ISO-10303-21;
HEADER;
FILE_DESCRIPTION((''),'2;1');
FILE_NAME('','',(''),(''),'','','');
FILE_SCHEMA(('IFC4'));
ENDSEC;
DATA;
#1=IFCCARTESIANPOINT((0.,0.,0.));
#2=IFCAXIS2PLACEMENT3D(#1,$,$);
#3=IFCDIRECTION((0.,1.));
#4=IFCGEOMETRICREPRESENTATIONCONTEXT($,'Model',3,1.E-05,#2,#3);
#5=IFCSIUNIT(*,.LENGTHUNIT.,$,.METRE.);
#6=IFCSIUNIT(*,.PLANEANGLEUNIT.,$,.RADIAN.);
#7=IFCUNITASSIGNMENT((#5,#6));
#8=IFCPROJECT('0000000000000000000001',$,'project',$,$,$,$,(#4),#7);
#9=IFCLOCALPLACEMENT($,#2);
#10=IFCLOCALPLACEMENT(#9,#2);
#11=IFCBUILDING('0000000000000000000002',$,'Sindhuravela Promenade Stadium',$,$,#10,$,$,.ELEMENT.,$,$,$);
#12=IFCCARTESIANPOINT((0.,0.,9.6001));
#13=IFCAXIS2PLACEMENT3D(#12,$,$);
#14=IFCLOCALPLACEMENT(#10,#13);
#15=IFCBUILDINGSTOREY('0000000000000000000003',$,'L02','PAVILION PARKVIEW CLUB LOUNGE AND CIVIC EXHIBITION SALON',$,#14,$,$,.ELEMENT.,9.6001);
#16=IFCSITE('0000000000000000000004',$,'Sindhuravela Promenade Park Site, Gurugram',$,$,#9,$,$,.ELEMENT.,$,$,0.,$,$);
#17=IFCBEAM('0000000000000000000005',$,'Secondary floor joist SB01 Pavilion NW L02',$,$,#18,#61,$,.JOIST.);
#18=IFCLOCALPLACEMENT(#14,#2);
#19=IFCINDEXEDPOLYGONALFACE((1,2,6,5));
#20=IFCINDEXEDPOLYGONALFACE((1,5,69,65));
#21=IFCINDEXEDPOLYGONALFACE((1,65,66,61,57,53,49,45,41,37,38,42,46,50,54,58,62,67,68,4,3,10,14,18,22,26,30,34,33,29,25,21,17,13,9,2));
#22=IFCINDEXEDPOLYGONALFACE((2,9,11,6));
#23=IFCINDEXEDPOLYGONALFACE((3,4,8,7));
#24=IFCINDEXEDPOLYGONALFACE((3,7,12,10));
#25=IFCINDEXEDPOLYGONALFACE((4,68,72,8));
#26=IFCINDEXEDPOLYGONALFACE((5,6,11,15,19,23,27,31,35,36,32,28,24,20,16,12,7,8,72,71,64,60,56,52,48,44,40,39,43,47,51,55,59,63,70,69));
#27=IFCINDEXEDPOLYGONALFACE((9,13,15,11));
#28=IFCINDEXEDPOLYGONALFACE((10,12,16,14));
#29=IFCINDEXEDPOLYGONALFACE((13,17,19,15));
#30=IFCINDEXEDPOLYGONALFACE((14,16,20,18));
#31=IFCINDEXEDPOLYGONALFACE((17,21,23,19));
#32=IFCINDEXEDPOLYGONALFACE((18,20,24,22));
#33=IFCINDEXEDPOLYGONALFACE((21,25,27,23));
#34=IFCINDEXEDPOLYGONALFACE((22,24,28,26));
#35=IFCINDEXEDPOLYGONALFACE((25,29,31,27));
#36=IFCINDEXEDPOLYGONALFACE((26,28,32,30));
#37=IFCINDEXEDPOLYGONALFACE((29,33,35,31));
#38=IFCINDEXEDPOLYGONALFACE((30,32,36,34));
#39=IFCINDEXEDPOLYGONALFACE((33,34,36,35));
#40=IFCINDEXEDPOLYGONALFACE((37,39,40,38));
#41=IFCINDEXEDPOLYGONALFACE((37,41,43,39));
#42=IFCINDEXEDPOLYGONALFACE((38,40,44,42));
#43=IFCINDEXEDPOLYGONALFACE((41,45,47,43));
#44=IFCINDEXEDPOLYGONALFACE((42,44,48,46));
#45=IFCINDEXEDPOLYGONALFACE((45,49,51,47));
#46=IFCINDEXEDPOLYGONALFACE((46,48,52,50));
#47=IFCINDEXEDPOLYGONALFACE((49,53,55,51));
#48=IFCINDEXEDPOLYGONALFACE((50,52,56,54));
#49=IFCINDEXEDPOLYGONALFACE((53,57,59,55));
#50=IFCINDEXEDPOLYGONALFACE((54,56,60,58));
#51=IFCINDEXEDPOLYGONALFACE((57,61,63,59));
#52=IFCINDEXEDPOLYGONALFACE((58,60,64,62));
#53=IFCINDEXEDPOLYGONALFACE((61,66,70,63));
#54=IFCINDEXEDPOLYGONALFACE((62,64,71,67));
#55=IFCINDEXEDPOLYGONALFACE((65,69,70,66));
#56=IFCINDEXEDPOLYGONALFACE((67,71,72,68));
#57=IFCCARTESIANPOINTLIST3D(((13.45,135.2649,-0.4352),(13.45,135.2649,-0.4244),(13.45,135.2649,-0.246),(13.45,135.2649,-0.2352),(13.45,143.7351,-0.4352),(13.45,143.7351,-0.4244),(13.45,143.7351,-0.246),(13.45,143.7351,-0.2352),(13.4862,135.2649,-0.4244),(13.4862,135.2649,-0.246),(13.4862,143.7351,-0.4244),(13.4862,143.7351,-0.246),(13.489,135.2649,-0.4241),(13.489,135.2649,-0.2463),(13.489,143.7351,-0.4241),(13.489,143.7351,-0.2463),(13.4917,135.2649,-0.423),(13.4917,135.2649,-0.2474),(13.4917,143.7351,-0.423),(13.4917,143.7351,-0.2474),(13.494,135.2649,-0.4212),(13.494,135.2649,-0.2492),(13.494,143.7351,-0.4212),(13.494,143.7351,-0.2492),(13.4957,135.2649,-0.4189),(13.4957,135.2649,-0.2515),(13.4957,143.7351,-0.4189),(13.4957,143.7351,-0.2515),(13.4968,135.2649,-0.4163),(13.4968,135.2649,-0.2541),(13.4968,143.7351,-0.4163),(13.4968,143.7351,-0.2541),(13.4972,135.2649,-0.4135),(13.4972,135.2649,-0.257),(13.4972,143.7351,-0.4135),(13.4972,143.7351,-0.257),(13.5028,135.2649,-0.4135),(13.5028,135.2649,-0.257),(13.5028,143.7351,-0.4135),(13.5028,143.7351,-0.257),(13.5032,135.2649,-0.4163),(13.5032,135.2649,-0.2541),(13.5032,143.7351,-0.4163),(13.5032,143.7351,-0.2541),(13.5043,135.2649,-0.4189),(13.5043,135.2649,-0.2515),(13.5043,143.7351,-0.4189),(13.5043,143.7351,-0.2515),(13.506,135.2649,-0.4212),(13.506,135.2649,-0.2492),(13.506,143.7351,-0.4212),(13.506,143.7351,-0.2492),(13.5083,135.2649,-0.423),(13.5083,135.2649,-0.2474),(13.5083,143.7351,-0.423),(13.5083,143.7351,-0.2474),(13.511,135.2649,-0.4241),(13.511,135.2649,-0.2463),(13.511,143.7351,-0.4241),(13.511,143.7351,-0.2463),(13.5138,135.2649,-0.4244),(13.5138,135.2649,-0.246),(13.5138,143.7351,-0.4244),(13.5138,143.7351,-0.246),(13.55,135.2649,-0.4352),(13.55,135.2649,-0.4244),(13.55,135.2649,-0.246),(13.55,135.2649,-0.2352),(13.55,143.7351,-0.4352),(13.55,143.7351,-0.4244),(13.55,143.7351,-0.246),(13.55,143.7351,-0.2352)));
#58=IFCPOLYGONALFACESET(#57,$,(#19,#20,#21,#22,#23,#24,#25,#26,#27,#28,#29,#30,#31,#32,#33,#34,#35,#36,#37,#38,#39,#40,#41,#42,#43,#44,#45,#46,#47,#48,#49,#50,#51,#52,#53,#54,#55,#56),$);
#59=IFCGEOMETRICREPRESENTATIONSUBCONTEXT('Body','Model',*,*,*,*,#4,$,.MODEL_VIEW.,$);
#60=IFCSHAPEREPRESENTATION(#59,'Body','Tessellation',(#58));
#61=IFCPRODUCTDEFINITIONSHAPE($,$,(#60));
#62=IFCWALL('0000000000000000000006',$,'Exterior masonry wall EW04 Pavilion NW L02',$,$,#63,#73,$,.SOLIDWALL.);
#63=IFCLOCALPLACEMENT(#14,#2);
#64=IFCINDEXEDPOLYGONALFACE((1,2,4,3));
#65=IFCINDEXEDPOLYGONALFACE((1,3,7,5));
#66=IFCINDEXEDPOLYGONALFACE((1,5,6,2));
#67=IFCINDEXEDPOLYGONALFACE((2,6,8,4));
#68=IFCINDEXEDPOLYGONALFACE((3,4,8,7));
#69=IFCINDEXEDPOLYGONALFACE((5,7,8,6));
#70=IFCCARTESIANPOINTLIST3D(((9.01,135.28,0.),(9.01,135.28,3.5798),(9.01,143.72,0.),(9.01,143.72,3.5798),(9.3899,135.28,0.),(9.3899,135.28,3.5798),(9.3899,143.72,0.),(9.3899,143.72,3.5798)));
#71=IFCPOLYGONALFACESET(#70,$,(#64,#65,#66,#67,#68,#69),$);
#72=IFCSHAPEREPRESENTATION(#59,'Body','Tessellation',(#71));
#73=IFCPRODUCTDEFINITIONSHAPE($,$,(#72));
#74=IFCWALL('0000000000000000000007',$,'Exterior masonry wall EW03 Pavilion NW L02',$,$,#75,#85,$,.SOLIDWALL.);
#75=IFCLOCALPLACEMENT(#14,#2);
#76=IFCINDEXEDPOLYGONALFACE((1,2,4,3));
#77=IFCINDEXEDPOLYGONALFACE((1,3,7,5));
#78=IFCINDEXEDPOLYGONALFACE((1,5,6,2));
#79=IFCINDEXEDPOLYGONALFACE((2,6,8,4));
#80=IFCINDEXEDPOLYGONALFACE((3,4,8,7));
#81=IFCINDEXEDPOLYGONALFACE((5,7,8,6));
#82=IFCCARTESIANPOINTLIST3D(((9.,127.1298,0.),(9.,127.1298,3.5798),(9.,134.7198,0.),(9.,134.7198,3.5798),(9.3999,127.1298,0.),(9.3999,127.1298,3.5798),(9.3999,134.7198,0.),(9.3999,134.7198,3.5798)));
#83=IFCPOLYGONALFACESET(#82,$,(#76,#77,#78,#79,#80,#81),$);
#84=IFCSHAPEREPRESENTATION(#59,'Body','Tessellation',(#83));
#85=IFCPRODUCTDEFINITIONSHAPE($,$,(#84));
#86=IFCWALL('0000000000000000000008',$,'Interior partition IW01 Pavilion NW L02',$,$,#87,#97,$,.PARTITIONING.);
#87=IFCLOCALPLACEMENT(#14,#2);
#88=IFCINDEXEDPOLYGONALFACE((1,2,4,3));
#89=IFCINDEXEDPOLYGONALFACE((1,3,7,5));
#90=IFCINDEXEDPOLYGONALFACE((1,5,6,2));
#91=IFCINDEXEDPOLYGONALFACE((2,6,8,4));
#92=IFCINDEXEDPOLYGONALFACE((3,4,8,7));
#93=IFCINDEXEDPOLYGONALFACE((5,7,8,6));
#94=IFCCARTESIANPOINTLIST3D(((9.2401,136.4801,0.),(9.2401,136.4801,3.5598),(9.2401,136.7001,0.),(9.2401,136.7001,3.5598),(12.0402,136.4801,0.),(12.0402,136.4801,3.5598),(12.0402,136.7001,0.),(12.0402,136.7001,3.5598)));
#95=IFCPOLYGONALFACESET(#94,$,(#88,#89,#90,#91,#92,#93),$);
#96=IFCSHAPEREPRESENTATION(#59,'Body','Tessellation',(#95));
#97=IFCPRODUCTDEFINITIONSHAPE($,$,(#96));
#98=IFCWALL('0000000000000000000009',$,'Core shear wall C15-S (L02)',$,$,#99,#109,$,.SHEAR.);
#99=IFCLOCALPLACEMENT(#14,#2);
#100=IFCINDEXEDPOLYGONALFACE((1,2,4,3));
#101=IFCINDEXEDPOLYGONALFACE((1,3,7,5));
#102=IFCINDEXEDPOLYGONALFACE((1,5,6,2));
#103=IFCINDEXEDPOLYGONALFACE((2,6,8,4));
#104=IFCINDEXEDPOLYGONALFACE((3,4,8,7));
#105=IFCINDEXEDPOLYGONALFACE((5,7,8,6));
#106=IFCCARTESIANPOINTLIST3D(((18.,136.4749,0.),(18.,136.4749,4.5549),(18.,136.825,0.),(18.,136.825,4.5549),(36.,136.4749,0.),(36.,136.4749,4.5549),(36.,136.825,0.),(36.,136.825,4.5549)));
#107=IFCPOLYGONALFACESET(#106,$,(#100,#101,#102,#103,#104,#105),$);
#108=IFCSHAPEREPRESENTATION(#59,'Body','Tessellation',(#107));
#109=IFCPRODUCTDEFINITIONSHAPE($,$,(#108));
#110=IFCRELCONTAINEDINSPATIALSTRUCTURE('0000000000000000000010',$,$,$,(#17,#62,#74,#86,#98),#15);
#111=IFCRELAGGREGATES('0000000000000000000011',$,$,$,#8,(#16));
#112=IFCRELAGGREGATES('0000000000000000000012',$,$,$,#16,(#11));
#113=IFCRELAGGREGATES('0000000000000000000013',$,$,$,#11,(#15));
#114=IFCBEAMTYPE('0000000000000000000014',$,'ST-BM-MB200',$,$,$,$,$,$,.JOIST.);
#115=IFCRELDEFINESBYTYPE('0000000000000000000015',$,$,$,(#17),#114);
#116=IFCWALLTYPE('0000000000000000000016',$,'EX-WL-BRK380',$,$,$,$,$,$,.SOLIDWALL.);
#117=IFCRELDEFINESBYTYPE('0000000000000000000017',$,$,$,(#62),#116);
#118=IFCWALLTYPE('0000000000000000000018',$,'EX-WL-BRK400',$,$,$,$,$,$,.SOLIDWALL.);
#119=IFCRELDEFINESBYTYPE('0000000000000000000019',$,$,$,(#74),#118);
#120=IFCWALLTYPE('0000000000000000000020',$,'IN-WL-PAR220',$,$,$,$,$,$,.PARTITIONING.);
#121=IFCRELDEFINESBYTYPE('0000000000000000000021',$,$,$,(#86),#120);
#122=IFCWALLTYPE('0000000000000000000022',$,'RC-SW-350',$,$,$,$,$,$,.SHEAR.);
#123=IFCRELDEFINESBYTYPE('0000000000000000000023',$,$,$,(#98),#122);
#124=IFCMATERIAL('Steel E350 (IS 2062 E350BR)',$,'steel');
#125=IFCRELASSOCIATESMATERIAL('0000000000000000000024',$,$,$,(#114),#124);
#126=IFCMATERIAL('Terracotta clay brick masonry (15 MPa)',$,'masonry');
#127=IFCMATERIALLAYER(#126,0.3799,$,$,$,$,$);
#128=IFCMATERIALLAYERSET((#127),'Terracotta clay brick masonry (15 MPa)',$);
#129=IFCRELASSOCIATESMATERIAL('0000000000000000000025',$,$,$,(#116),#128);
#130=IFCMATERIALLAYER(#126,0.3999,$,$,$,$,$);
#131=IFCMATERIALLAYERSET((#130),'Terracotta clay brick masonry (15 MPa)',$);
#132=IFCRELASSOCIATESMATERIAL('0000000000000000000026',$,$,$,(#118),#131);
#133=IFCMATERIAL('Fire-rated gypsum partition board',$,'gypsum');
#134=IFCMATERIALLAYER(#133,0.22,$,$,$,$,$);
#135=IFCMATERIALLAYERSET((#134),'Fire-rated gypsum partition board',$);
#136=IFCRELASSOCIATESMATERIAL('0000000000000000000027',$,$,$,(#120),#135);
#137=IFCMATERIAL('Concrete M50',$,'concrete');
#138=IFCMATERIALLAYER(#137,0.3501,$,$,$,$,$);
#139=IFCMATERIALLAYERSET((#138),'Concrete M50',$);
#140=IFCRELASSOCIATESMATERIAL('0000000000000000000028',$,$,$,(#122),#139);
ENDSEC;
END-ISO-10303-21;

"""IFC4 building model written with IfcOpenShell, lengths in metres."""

from ifc_helpers import new_model, si_unit, direction, frame, frame_2d, origin, origin_2d, place, context, subcontext, project, spatial, rectangle, i_section, extrude, material, layer, layer_set, material_profile, profile_set, type_object, element, save


model = new_model("IFC4")

# Units and contexts
model_context = context("Model", 3, precision=1e-05, world=origin(), true_north=direction((0.0, 1.0)))
body_context = subcontext(model_context, "Body", "Model", "MODEL_VIEW")
ifc_project = project(units=[si_unit("LENGTHUNIT", "METRE"), si_unit("PLANEANGLEUNIT", "RADIAN")], contexts=[model_context])

# Site, building, storey
site_placement = place(None, origin())
site = spatial("IfcSite", under=ifc_project, at=site_placement, Name="Sindhuravela Promenade Park Site, Gurugram", CompositionType="ELEMENT", RefElevation=0.0)
building_placement = place(site_placement, origin())
building = spatial("IfcBuilding", under=site, at=building_placement, Name="Sindhuravela Promenade Stadium", CompositionType="ELEMENT")
storey_placement = place(building_placement, frame((0.0, 0.0, 9.6001)))
storey = spatial("IfcBuildingStorey", under=building, at=storey_placement, Name="L02", Description="PAVILION PARKVIEW CLUB LOUNGE AND CIVIC EXHIBITION SALON", CompositionType="ELEMENT", Elevation=9.6001)

# Beam
ifc_material_1 = material(Name="Steel E350 (IS 2062 E350BR)", Category="steel")
ifc_material_profile_1 = material_profile(ifc_material_1, i_section(OverallWidth=0.1001, OverallDepth=0.2, WebThickness=0.0056, FlangeThickness=0.0107, FilletRadius=0.011, at=origin_2d()), Name="ISMB 200")
ifc_profile_set_1 = profile_set([ifc_material_profile_1], Name="Steel E350 (IS 2062 E350BR)")
beam_type_1 = type_object("IfcBeamType", Name="ST-BM-MB200", PredefinedType="JOIST", material=ifc_profile_set_1)
beam_1_placement = place(storey_placement, frame((13.5, 135.2649, -0.3352), z_axis=(0.0, 1.0, 0.0), x_axis=(-1.0, 0.0, 0.0)))
element("IfcBeam", 1, at=beam_1_placement, inside=storey, type_object=beam_type_1, Name="Secondary floor joist SB01 Pavilion NW L02", PredefinedType="JOIST", context=body_context, shape_type="SweptSolid", body=[
    extrude(i_section(OverallWidth=0.1001, OverallDepth=0.2, WebThickness=0.0056, FlangeThickness=0.0107, FilletRadius=0.011, at=origin_2d()), origin(), (0.0, 0.0, 1.0), 8.4702),
])

# Walls
ifc_material_2 = material(Name="Terracotta clay brick masonry (15 MPa)", Category="masonry")
ifc_layer_1 = layer(ifc_material_2, 0.3799)
ifc_layer_set_1 = layer_set([ifc_layer_1], Name="Terracotta clay brick masonry (15 MPa)")
wall_type_1 = type_object("IfcWallType", Name="EX-WL-BRK380", PredefinedType="SOLIDWALL", material=ifc_layer_set_1)
wall_1_placement = place(storey_placement, frame((9.2, 135.28, 0.0), z_axis=(0.0, 0.0, 1.0), x_axis=(0.0, 1.0, 0.0)))
element("IfcWall", 2, at=wall_1_placement, inside=storey, type_object=wall_type_1, Name="Exterior masonry wall EW04 Pavilion NW L02", PredefinedType="SOLIDWALL", context=body_context, shape_type="SweptSolid", body=[
    extrude(rectangle(XDim=8.4399, YDim=0.3799, at=frame_2d((4.22, 0.0))), origin(), (0.0, 0.0, 1.0), 3.5798),
])
ifc_layer_2 = layer(ifc_material_2, 0.3999)
ifc_layer_set_2 = layer_set([ifc_layer_2], Name="Terracotta clay brick masonry (15 MPa)")
wall_type_2 = type_object("IfcWallType", Name="EX-WL-BRK400", PredefinedType="SOLIDWALL", material=ifc_layer_set_2)
wall_2_placement = place(storey_placement, frame((9.2, 127.1299, 0.0), z_axis=(0.0, 0.0, 1.0), x_axis=(0.0, 1.0, 0.0)))
element("IfcWall", 3, at=wall_2_placement, inside=storey, type_object=wall_type_2, Name="Exterior masonry wall EW03 Pavilion NW L02", PredefinedType="SOLIDWALL", context=body_context, shape_type="SweptSolid", body=[
    extrude(rectangle(XDim=7.5901, YDim=0.3999, at=frame_2d((3.7949, 0.0))), origin(), (0.0, 0.0, 1.0), 3.5798),
])
ifc_material_3 = material(Name="Fire-rated gypsum partition board", Category="gypsum")
ifc_layer_3 = layer(ifc_material_3, 0.22)
ifc_layer_set_3 = layer_set([ifc_layer_3], Name="Fire-rated gypsum partition board")
wall_type_3 = type_object("IfcWallType", Name="IN-WL-PAR220", PredefinedType="PARTITIONING", material=ifc_layer_set_3)
wall_3_placement = place(storey_placement, frame((12.04, 136.5901, 0.0), z_axis=(0.0, 0.0, 1.0), x_axis=(-1.0, 0.0, 0.0)))
element("IfcWall", 4, at=wall_3_placement, inside=storey, type_object=wall_type_3, Name="Interior partition IW01 Pavilion NW L02", PredefinedType="PARTITIONING", context=body_context, shape_type="SweptSolid", body=[
    extrude(rectangle(XDim=2.8, YDim=0.22, at=frame_2d((1.3999, 0.0))), origin(), (0.0, 0.0, 1.0), 3.5598),
])
ifc_material_4 = material(Name="Concrete M50", Category="concrete")
ifc_layer_4 = layer(ifc_material_4, 0.3501)
ifc_layer_set_4 = layer_set([ifc_layer_4], Name="Concrete M50")
wall_type_4 = type_object("IfcWallType", Name="RC-SW-350", PredefinedType="SHEAR", material=ifc_layer_set_4)
wall_4_placement = place(storey_placement, frame((18.0, 136.6499, 0.0), z_axis=(0.0, 0.0, 1.0), x_axis=(1.0, 0.0, 0.0)))
element("IfcWall", 5, at=wall_4_placement, inside=storey, type_object=wall_type_4, Name="Core shear wall C15-S (L02)", PredefinedType="SHEAR", context=body_context, shape_type="SweptSolid", body=[
    extrude(rectangle(XDim=18.0, YDim=0.3501, at=frame_2d((9.0, 0.0))), origin(), (0.0, 0.0, 1.0), 4.5549),
])

save(model, "model.ifc")
